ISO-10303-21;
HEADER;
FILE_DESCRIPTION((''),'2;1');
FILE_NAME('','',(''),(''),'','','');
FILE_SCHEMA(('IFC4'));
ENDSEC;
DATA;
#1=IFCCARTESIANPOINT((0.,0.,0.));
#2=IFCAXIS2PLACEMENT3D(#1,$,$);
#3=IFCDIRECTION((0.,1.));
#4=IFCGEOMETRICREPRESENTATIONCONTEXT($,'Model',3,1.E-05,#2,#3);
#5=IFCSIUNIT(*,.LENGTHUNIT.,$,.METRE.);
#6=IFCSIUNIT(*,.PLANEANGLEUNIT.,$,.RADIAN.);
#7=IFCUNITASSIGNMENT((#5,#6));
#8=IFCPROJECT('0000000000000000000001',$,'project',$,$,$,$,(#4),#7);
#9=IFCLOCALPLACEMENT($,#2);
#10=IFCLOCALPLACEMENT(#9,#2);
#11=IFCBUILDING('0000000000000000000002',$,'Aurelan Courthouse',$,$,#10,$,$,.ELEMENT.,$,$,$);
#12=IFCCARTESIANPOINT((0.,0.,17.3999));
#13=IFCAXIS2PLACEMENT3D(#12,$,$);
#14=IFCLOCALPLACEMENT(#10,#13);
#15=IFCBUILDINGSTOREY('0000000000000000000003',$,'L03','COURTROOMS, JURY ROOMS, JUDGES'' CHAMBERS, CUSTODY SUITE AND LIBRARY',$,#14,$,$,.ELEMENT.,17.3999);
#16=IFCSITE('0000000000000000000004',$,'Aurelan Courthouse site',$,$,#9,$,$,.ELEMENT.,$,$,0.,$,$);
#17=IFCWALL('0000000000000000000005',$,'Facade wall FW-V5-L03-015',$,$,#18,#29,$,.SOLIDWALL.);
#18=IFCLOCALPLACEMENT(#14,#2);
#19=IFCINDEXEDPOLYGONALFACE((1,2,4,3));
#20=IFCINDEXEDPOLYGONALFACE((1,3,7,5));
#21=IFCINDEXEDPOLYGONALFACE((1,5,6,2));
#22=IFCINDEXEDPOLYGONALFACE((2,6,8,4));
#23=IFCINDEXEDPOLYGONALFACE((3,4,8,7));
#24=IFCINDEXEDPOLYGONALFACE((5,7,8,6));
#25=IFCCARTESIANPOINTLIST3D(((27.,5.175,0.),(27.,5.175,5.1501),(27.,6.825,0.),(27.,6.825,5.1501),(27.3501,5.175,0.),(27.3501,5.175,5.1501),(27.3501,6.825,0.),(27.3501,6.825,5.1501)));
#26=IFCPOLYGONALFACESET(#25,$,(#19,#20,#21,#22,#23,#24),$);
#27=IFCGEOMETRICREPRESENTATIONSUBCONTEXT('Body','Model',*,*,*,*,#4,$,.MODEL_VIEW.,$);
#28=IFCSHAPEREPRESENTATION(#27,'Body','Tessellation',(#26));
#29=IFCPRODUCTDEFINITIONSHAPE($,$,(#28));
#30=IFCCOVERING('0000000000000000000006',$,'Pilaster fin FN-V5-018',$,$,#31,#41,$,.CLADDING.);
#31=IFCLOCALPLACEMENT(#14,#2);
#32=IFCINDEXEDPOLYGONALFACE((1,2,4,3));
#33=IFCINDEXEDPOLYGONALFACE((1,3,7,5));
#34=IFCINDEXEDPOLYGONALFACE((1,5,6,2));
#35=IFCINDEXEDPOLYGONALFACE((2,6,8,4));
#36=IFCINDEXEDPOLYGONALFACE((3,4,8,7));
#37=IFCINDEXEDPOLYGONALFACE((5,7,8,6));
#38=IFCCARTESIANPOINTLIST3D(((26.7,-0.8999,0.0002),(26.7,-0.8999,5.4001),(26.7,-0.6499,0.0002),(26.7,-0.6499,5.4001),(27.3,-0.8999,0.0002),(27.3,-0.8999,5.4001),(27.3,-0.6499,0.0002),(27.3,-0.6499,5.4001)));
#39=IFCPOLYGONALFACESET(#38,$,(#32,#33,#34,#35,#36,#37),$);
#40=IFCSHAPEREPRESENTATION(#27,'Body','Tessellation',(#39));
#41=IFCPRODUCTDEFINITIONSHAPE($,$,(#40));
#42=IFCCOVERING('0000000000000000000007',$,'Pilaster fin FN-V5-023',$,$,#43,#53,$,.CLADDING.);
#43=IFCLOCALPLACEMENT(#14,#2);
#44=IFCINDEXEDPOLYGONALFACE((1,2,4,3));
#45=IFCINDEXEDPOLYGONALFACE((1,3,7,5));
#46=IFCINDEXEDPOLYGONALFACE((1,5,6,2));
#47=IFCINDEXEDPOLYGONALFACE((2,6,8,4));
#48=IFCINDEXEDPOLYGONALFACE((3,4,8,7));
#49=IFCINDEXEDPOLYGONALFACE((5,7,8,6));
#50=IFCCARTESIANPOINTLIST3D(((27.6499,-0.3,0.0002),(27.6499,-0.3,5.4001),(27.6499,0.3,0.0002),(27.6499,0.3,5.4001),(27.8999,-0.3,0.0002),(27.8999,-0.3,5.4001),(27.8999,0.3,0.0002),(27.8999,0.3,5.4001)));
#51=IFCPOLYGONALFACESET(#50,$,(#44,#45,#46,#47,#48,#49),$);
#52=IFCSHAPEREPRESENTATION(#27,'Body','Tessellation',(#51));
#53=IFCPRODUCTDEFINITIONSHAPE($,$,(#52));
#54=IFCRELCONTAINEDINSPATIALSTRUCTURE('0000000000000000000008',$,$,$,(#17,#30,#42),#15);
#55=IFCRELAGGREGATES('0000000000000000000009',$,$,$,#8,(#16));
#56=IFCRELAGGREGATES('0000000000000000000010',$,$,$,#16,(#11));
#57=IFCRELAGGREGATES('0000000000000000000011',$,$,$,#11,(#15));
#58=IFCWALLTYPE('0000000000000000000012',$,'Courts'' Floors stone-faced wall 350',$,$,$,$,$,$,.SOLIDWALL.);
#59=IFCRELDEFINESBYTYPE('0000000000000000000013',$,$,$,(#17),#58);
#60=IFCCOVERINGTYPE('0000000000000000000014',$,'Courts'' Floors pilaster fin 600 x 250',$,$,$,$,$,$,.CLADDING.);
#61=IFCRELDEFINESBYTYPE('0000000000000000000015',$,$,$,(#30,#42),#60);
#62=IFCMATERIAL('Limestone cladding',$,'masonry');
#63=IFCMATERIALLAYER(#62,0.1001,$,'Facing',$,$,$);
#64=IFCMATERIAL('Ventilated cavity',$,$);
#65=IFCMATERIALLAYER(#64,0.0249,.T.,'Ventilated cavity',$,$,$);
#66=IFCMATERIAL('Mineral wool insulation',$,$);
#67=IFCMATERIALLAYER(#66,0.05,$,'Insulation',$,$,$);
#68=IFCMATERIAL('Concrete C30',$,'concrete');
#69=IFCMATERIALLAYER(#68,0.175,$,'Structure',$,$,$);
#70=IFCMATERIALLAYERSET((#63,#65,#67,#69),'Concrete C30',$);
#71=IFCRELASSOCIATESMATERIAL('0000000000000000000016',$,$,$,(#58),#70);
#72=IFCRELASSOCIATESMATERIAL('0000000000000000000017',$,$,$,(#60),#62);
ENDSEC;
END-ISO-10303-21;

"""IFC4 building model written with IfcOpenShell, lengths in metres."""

from ifc_helpers import new_model, si_unit, direction, frame, frame_2d, origin, origin_2d, place, context, subcontext, project, spatial, rectangle, extrude, material, layer, layer_set, type_object, element, save


model = new_model("IFC4")

# Units and contexts
model_context = context("Model", 3, precision=1e-05, world=origin(), true_north=direction((0.0, 1.0)))
body_context = subcontext(model_context, "Body", "Model", "MODEL_VIEW")
ifc_project = project(units=[si_unit("LENGTHUNIT", "METRE"), si_unit("PLANEANGLEUNIT", "RADIAN")], contexts=[model_context])

# Site, building, storey
site_placement = place(None, origin())
site = spatial("IfcSite", under=ifc_project, at=site_placement, Name="Aurelan Courthouse site", CompositionType="ELEMENT", RefElevation=0.0)
building_placement = place(site_placement, origin())
building = spatial("IfcBuilding", under=site, at=building_placement, Name="Aurelan Courthouse", CompositionType="ELEMENT")
storey_placement = place(building_placement, frame((0.0, 0.0, 17.3999)))
storey = spatial("IfcBuildingStorey", under=building, at=storey_placement, Name="L03", Description="COURTROOMS, JURY ROOMS, JUDGES' CHAMBERS, CUSTODY SUITE AND LIBRARY", CompositionType="ELEMENT", Elevation=17.3999)

# Wall
ifc_material_1 = material(Name="Limestone cladding", Category="masonry")
ifc_layer_1 = layer(ifc_material_1, 0.1001, Name="Facing")
ifc_material_2 = material(Name="Ventilated cavity")
ifc_layer_2 = layer(ifc_material_2, 0.0249, ventilated=True, Name="Ventilated cavity")
ifc_material_3 = material(Name="Mineral wool insulation")
ifc_layer_3 = layer(ifc_material_3, 0.05, Name="Insulation")
ifc_material_4 = material(Name="Concrete C30", Category="concrete")
ifc_layer_4 = layer(ifc_material_4, 0.175, Name="Structure")
ifc_layer_set_1 = layer_set([ifc_layer_1, ifc_layer_2, ifc_layer_3, ifc_layer_4], Name="Concrete C30")
wall_type = type_object("IfcWallType", Name="Courts' Floors stone-faced wall 350", PredefinedType="SOLIDWALL", material=ifc_layer_set_1)
for number, where, z_axis, x_axis, name in (
    (1, (27.175, 5.175, 0.0), (0.0, 0.0, 1.0), (0.0, 1.0, 0.0), "Facade wall FW-V5-L03-015"),
):
    element("IfcWall", number, at=place(storey_placement, frame(where, z_axis=z_axis, x_axis=x_axis)), inside=storey, type_object=wall_type, Name=name, PredefinedType="SOLIDWALL", context=body_context, shape_type="SweptSolid", body=[
        extrude(rectangle(XDim=1.6499, YDim=0.3501, at=frame_2d((0.825, 0.0))), origin(), (0.0, 0.0, 1.0), 5.1501),
    ])

# Coverings
covering_type_1 = type_object("IfcCoveringType", Name="Courts' Floors pilaster fin 600 x 250", PredefinedType="CLADDING", material=ifc_material_1)
covering_1_placement = place(storey_placement, frame((27.0, -0.7749, 0.0002), z_axis=(0.0, 0.0, 1.0), x_axis=(1.0, 0.0, 0.0)))
element("IfcCovering", 2, at=covering_1_placement, inside=storey, type_object=covering_type_1, Name="Pilaster fin FN-V5-018", PredefinedType="CLADDING", context=body_context, shape_type="SweptSolid", body=[
    extrude(rectangle(XDim=0.6001, YDim=0.25, at=origin_2d()), origin(), (0.0, 0.0, 1.0), 5.3999),
])
covering_2_placement = place(storey_placement, frame((27.7749, 0.0, 0.0002), z_axis=(0.0, 0.0, 1.0), x_axis=(1.0, 0.0, 0.0)))
element("IfcCovering", 3, at=covering_2_placement, inside=storey, type_object=covering_type_1, Name="Pilaster fin FN-V5-023", PredefinedType="CLADDING", context=body_context, shape_type="SweptSolid", body=[
    extrude(rectangle(XDim=0.25, YDim=0.6001, at=origin_2d()), origin(), (0.0, 0.0, 1.0), 5.3999),
])

save(model, "model.ifc")
